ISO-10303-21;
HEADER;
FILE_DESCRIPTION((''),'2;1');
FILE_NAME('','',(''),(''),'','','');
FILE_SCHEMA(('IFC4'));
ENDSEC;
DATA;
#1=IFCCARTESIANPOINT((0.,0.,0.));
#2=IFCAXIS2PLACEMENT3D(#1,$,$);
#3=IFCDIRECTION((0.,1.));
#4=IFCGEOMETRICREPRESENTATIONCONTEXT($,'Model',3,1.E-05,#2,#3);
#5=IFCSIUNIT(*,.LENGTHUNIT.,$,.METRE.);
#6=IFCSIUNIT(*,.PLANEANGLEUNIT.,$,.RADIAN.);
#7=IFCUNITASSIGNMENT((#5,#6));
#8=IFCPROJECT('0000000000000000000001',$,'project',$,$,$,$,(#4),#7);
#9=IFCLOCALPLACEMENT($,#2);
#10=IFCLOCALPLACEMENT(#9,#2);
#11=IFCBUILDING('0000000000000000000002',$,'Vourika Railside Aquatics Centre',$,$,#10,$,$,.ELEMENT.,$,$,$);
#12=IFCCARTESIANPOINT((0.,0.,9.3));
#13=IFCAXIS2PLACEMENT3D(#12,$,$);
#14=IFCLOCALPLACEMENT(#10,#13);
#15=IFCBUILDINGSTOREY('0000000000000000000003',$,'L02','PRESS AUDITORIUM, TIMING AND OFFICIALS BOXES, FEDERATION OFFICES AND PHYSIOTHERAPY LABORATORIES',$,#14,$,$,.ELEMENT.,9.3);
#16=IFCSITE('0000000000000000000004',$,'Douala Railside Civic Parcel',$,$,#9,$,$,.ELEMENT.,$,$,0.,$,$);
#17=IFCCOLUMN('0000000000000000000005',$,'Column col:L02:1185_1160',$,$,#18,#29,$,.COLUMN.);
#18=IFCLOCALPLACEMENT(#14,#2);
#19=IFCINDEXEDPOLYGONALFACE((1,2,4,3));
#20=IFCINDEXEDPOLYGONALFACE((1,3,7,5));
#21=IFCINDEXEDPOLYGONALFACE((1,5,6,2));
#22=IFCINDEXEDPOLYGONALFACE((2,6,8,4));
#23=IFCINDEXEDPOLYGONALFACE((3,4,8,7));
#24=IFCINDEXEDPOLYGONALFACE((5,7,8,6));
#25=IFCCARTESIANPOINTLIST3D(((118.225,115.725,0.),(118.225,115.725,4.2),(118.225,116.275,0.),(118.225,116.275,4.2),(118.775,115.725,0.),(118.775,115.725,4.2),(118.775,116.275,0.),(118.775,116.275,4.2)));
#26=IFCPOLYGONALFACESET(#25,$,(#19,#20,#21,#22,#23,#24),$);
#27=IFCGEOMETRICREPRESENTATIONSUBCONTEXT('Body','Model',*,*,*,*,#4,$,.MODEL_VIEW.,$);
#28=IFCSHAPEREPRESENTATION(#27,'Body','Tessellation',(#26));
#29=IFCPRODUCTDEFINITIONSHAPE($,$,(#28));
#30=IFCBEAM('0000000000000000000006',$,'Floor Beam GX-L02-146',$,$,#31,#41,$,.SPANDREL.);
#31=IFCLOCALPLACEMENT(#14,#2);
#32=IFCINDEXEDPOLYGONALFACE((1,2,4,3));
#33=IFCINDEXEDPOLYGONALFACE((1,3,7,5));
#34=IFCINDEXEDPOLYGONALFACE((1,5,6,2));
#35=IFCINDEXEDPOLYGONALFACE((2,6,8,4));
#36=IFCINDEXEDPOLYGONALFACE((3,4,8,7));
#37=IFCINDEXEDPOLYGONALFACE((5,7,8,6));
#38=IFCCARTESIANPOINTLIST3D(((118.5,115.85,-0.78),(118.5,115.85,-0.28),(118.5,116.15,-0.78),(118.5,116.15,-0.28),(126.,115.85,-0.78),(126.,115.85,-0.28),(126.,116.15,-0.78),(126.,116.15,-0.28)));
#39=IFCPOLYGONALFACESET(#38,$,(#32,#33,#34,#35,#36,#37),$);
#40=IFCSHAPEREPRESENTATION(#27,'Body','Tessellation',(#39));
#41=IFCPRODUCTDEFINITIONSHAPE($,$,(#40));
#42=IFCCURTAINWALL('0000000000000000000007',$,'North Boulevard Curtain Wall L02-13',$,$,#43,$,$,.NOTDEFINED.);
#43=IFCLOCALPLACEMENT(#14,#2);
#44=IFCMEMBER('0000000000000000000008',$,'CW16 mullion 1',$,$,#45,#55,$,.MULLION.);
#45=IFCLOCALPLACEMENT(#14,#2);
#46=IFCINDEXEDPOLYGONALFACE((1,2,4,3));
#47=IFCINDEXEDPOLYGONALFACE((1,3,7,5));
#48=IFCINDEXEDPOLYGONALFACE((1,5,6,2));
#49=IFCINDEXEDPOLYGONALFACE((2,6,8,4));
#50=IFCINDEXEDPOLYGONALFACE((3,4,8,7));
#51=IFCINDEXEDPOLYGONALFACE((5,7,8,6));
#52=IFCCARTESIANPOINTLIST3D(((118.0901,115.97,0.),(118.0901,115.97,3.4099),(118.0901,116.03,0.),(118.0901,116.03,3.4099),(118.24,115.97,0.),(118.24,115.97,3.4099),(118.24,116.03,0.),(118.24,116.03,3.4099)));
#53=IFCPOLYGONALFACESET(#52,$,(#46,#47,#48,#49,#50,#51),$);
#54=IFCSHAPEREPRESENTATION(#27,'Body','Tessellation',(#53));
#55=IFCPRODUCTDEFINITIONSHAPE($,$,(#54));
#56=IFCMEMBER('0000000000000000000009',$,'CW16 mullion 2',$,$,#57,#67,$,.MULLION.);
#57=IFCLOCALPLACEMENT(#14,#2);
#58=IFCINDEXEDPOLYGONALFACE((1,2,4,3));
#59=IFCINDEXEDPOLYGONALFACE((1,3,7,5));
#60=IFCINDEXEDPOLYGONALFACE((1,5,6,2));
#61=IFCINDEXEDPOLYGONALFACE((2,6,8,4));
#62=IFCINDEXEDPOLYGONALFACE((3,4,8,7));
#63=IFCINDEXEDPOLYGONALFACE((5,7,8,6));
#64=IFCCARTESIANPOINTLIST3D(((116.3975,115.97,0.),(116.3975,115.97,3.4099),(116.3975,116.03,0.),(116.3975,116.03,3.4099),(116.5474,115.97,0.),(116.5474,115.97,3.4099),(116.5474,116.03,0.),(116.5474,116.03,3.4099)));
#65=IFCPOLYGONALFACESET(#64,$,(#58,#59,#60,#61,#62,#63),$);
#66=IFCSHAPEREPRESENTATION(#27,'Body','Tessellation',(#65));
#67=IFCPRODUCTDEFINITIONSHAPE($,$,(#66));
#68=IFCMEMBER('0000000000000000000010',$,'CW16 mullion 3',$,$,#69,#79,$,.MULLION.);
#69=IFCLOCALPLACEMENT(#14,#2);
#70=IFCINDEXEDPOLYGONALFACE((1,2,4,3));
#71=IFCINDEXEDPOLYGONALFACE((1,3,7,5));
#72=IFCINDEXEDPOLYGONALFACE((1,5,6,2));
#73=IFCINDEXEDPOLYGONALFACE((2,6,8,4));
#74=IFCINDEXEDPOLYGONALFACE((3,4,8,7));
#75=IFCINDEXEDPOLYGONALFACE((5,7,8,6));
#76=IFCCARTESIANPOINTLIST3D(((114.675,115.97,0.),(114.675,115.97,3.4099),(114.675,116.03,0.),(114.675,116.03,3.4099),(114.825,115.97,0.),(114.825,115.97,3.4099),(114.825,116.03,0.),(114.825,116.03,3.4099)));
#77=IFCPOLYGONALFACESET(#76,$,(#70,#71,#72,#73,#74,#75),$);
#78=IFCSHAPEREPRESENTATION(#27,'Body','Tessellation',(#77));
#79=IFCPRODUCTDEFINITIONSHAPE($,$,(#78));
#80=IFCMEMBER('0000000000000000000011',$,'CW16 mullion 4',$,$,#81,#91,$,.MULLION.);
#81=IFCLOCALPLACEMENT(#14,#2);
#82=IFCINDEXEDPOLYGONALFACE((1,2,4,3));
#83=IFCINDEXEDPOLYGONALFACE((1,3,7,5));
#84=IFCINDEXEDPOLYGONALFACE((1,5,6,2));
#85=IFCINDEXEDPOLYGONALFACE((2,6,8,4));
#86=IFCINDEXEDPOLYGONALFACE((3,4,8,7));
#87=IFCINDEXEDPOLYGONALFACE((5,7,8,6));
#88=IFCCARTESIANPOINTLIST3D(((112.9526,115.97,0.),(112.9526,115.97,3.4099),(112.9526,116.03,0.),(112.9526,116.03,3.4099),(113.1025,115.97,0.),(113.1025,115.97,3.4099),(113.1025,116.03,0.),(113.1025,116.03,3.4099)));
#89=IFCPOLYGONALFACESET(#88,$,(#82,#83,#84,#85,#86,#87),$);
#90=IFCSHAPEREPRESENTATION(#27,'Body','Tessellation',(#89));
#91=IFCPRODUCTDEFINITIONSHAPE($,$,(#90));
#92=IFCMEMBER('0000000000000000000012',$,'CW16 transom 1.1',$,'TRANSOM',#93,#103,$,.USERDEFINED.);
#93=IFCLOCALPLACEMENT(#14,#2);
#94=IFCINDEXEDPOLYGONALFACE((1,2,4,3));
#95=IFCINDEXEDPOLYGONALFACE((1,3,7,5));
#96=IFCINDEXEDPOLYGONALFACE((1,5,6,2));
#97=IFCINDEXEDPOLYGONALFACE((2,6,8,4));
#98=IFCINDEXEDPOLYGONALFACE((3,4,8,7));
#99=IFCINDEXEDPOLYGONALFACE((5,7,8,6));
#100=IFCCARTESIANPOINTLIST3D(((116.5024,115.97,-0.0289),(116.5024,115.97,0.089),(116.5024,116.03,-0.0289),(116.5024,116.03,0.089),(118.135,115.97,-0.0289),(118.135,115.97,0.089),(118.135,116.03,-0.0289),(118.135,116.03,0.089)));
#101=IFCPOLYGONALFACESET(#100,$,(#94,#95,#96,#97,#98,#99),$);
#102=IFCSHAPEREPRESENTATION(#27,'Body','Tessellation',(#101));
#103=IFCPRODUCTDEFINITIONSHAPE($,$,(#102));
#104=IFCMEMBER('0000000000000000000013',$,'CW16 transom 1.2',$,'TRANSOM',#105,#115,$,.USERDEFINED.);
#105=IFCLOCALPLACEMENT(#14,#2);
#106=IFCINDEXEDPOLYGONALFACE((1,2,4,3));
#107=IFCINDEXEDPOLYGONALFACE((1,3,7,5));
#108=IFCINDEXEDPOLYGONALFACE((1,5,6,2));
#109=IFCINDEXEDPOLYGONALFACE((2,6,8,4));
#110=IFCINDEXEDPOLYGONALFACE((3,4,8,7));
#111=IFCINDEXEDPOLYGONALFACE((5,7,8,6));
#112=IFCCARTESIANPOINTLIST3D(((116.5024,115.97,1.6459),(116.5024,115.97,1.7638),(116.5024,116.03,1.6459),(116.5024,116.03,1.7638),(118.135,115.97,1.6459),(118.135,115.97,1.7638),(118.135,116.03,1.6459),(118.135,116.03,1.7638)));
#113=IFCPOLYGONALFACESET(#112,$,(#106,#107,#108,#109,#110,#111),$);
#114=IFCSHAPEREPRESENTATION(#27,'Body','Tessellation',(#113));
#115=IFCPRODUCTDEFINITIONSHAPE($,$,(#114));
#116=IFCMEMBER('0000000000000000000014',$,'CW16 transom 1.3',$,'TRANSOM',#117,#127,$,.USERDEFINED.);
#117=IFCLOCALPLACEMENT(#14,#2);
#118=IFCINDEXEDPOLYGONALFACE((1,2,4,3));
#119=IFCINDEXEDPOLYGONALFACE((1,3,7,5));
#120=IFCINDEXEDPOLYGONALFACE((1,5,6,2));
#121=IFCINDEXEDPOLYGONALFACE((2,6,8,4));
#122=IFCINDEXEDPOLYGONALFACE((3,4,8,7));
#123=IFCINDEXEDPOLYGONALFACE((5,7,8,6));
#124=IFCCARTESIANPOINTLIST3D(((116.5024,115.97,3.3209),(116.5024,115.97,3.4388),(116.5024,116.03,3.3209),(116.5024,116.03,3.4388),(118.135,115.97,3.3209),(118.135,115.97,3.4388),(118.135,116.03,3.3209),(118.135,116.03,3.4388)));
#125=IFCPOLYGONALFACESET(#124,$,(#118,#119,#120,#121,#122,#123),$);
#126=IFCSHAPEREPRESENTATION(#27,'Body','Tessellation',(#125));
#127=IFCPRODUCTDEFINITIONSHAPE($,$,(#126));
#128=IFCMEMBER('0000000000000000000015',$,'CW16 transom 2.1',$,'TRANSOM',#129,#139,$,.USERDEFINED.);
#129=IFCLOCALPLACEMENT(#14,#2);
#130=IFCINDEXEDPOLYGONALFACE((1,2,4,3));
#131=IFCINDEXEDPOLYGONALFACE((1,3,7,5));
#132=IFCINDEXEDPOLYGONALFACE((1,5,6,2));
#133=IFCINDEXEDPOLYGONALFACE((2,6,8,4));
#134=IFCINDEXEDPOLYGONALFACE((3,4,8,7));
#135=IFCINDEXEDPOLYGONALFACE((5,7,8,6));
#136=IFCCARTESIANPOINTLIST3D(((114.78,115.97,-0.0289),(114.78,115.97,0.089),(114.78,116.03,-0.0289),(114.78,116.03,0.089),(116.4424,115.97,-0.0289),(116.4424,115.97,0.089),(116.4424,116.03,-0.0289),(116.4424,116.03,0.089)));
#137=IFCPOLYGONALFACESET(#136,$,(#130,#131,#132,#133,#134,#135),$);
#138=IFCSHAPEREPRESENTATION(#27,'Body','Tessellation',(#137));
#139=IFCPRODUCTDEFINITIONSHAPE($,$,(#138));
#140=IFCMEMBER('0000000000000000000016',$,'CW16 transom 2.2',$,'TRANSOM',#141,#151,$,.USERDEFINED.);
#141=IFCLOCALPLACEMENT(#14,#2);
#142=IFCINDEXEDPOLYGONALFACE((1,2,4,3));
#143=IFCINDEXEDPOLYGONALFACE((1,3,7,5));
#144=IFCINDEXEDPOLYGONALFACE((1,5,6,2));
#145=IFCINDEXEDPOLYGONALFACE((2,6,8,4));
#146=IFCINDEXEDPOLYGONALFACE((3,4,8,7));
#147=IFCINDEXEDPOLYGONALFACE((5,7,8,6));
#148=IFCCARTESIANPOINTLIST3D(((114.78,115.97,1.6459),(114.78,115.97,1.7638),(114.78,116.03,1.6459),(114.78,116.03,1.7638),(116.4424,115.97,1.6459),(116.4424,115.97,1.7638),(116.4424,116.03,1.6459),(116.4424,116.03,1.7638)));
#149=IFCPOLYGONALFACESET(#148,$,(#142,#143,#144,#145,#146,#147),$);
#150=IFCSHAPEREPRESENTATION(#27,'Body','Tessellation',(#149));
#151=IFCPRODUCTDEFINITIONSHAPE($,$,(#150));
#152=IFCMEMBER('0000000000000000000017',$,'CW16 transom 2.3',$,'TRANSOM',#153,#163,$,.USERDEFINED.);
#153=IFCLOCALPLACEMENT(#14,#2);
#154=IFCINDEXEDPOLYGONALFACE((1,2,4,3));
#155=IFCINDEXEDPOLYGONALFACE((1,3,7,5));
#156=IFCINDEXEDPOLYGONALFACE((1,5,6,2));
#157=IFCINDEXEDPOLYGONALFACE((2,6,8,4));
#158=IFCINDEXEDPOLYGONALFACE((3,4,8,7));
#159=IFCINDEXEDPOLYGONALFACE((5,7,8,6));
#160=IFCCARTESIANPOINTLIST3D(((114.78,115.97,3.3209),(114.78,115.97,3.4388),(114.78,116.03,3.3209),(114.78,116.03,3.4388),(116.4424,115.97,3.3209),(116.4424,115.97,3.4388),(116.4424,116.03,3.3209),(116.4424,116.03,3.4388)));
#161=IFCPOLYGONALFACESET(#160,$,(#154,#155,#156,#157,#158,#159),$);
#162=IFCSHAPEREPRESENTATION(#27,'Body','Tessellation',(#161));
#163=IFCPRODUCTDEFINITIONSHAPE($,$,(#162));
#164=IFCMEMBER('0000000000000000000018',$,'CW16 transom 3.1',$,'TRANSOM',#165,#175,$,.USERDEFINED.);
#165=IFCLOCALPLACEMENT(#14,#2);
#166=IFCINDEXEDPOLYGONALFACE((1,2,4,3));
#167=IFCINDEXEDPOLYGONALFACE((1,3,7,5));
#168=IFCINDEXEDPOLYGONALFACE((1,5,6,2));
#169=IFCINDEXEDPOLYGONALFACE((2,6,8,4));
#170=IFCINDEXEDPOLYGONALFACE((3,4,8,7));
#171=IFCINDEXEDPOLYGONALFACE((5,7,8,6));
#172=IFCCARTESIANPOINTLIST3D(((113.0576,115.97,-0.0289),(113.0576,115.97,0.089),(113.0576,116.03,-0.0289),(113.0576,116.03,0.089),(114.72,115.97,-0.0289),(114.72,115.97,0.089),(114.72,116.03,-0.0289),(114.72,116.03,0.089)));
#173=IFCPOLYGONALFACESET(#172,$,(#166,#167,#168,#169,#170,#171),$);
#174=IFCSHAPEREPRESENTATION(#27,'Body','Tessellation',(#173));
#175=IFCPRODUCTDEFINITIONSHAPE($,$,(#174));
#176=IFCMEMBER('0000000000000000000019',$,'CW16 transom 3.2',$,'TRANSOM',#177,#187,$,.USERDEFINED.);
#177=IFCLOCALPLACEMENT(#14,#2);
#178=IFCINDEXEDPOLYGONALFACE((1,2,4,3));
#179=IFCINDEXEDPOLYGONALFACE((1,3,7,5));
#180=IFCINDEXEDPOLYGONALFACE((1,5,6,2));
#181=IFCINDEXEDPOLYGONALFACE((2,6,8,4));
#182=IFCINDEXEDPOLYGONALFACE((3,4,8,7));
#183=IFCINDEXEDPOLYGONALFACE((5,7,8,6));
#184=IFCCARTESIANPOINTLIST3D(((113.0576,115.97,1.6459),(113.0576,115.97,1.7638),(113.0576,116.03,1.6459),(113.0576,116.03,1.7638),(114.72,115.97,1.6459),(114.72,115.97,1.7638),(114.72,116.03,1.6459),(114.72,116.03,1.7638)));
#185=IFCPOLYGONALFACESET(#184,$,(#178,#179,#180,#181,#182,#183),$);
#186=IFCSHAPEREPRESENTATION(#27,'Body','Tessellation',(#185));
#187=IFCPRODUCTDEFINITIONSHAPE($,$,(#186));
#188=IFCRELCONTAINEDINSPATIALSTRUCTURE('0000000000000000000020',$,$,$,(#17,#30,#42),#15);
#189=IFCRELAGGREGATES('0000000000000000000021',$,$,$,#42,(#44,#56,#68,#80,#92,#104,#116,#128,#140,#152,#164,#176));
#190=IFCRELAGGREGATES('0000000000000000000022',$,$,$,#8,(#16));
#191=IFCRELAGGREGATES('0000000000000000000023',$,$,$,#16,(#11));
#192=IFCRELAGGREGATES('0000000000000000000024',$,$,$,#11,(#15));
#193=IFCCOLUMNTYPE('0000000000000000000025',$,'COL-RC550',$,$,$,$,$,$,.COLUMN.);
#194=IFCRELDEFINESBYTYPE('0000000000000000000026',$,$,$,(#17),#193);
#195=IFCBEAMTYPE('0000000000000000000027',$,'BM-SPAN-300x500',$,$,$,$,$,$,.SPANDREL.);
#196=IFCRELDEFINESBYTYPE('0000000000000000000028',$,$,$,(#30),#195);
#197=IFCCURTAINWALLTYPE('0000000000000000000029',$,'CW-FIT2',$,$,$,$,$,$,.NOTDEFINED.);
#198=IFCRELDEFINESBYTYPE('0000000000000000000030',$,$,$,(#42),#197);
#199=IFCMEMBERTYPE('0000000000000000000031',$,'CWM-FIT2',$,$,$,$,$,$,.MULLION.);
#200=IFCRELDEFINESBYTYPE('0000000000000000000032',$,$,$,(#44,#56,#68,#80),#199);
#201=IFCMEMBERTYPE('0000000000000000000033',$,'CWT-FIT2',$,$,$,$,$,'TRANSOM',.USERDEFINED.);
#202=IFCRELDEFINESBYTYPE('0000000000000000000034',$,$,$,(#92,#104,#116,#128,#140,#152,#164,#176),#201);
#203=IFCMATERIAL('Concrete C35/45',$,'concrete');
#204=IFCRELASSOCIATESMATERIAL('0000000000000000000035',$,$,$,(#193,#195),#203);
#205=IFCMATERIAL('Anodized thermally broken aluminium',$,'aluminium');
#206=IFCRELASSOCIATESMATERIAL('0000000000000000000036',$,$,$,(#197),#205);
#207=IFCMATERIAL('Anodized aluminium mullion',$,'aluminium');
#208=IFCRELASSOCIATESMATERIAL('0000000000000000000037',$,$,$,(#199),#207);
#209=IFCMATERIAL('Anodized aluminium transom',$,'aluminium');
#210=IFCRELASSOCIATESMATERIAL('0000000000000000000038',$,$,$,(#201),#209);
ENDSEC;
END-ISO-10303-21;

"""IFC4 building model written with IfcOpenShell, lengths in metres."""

from ifc_helpers import new_model, si_unit, direction, frame, origin, origin_2d, place, context, subcontext, project, spatial, rectangle, extrude, material, material_profile, profile_set, type_object, element, aggregate, save


model = new_model("IFC4")

# Units and contexts
model_context = context("Model", 3, precision=1e-05, world=origin(), true_north=direction((0.0, 1.0)))
body_context = subcontext(model_context, "Body", "Model", "MODEL_VIEW")
ifc_project = project(units=[si_unit("LENGTHUNIT", "METRE"), si_unit("PLANEANGLEUNIT", "RADIAN")], contexts=[model_context])

# Site, building, storey
site_placement = place(None, origin())
site = spatial("IfcSite", under=ifc_project, at=site_placement, Name="Douala Railside Civic Parcel", CompositionType="ELEMENT", RefElevation=0.0)
building_placement = place(site_placement, origin())
building = spatial("IfcBuilding", under=site, at=building_placement, Name="Vourika Railside Aquatics Centre", CompositionType="ELEMENT")
storey_placement = place(building_placement, frame((0.0, 0.0, 9.3)))
storey = spatial("IfcBuildingStorey", under=building, at=storey_placement, Name="L02", Description="PRESS AUDITORIUM, TIMING AND OFFICIALS BOXES, FEDERATION OFFICES AND PHYSIOTHERAPY LABORATORIES", CompositionType="ELEMENT", Elevation=9.3)

# Column
ifc_material_1 = material(Name="Concrete C35/45", Category="concrete")
ifc_material_profile_1 = material_profile(ifc_material_1, rectangle(XDim=0.55, YDim=0.55, at=origin_2d()), Name="RC 550x550")
ifc_profile_set_1 = profile_set([ifc_material_profile_1], Name="Concrete C35/45")
column_type = type_object("IfcColumnType", Name="COL-RC550", PredefinedType="COLUMN", material=ifc_profile_set_1)
column_placement = place(storey_placement, frame((118.5, 116.0, 0.0), z_axis=(0.0, 0.0, 1.0), x_axis=(1.0, 0.0, 0.0)))
element("IfcColumn", 1, at=column_placement, inside=storey, type_object=column_type, Name="Column col:L02:1185_1160", PredefinedType="COLUMN", context=body_context, shape_type="SweptSolid", body=[
    extrude(rectangle(XDim=0.55, YDim=0.55, at=origin_2d()), origin(), (0.0, 0.0, 1.0), 4.2),
])

# Beam
ifc_material_profile_2 = material_profile(ifc_material_1, rectangle(XDim=0.3, YDim=0.5, at=origin_2d()), Name="RC 300x500")
ifc_profile_set_2 = profile_set([ifc_material_profile_2], Name="Concrete C35/45")
beam_type = type_object("IfcBeamType", Name="BM-SPAN-300x500", PredefinedType="SPANDREL", material=ifc_profile_set_2)
beam_placement = place(storey_placement, frame((118.5, 116.0, -0.53), z_axis=(1.0, 0.0, 0.0), x_axis=(0.0, 1.0, 0.0)))
element("IfcBeam", 2, at=beam_placement, inside=storey, type_object=beam_type, Name="Floor Beam GX-L02-146", PredefinedType="SPANDREL", context=body_context, shape_type="SweptSolid", body=[
    extrude(rectangle(XDim=0.3, YDim=0.5, at=origin_2d()), origin(), (0.0, 0.0, 1.0), 7.5),
])

# Curtain wall, members
ifc_material_2 = material(Name="Anodized thermally broken aluminium", Category="aluminium")
curtain_wall_type = type_object("IfcCurtainWallType", Name="CW-FIT2", PredefinedType="NOTDEFINED", material=ifc_material_2)
curtain_wall_placement = place(storey_placement, origin())
curtain_wall = element("IfcCurtainWall", 3, at=curtain_wall_placement, inside=storey, type_object=curtain_wall_type, Name="North Boulevard Curtain Wall L02-13", PredefinedType="NOTDEFINED")
ifc_material_3 = material(Name="Anodized aluminium mullion", Category="aluminium")
ifc_material_profile_3 = material_profile(ifc_material_3, rectangle(XDim=0.0601, YDim=0.1499, at=origin_2d()), Name="ALU-M 60x150")
ifc_profile_set_3 = profile_set([ifc_material_profile_3], Name="Anodized aluminium mullion")
member_type_1 = type_object("IfcMemberType", Name="CWM-FIT2", PredefinedType="MULLION", material=ifc_profile_set_3)
member_1_placement = place(storey_placement, frame((118.165, 116.0, 0.0), z_axis=(0.0, 0.0, 1.0), x_axis=(0.0, -1.0, 0.0)))
member_1 = element("IfcMember", 4, at=member_1_placement, type_object=member_type_1, Name="CW16 mullion 1", PredefinedType="MULLION", context=body_context, shape_type="SweptSolid", body=[
    extrude(rectangle(XDim=0.0601, YDim=0.1499, at=origin_2d()), origin(), (0.0, 0.0, 1.0), 3.4099),
])
member_2_placement = place(storey_placement, frame((116.4724, 116.0, 0.0), z_axis=(0.0, 0.0, 1.0), x_axis=(0.0, -1.0, 0.0)))
member_2 = element("IfcMember", 5, at=member_2_placement, type_object=member_type_1, Name="CW16 mullion 2", PredefinedType="MULLION", context=body_context, shape_type="SweptSolid", body=[
    extrude(rectangle(XDim=0.0601, YDim=0.1499, at=origin_2d()), origin(), (0.0, 0.0, 1.0), 3.4099),
])
member_3_placement = place(storey_placement, frame((114.75, 116.0, 0.0), z_axis=(0.0, 0.0, 1.0), x_axis=(0.0, -1.0, 0.0)))
member_3 = element("IfcMember", 6, at=member_3_placement, type_object=member_type_1, Name="CW16 mullion 3", PredefinedType="MULLION", context=body_context, shape_type="SweptSolid", body=[
    extrude(rectangle(XDim=0.0601, YDim=0.1499, at=origin_2d()), origin(), (0.0, 0.0, 1.0), 3.4099),
])
member_4_placement = place(storey_placement, frame((113.0276, 116.0, 0.0), z_axis=(0.0, 0.0, 1.0), x_axis=(0.0, -1.0, 0.0)))
member_4 = element("IfcMember", 7, at=member_4_placement, type_object=member_type_1, Name="CW16 mullion 4", PredefinedType="MULLION", context=body_context, shape_type="SweptSolid", body=[
    extrude(rectangle(XDim=0.0601, YDim=0.1499, at=origin_2d()), origin(), (0.0, 0.0, 1.0), 3.4099),
])
ifc_material_4 = material(Name="Anodized aluminium transom", Category="aluminium")
ifc_material_profile_4 = material_profile(ifc_material_4, rectangle(XDim=0.0601, YDim=0.1179, at=origin_2d()), Name="ALU-T 60x118")
ifc_profile_set_4 = profile_set([ifc_material_profile_4], Name="Anodized aluminium transom")
member_type_2 = type_object("IfcMemberType", Name="CWT-FIT2", ElementType="TRANSOM", PredefinedType="USERDEFINED", material=ifc_profile_set_4)
member_5_placement = place(storey_placement, frame((118.135, 116.0, 0.03), z_axis=(-1.0, 0.0, 0.0), x_axis=(0.0, -1.0, 0.0)))
member_5 = element("IfcMember", 8, at=member_5_placement, type_object=member_type_2, Name="CW16 transom 1.1", ObjectType="TRANSOM", PredefinedType="USERDEFINED", context=body_context, shape_type="SweptSolid", body=[
    extrude(rectangle(XDim=0.0601, YDim=0.1179, at=origin_2d()), origin(), (0.0, 0.0, 1.0), 1.6326),
])
member_6_placement = place(storey_placement, frame((118.135, 116.0, 1.7048), z_axis=(-1.0, 0.0, 0.0), x_axis=(0.0, -1.0, 0.0)))
member_6 = element("IfcMember", 9, at=member_6_placement, type_object=member_type_2, Name="CW16 transom 1.2", ObjectType="TRANSOM", PredefinedType="USERDEFINED", context=body_context, shape_type="SweptSolid", body=[
    extrude(rectangle(XDim=0.0601, YDim=0.1179, at=origin_2d()), origin(), (0.0, 0.0, 1.0), 1.6326),
])
member_7_placement = place(storey_placement, frame((118.135, 116.0, 3.3799), z_axis=(-1.0, 0.0, 0.0), x_axis=(0.0, -1.0, 0.0)))
member_7 = element("IfcMember", 10, at=member_7_placement, type_object=member_type_2, Name="CW16 transom 1.3", ObjectType="TRANSOM", PredefinedType="USERDEFINED", context=body_context, shape_type="SweptSolid", body=[
    extrude(rectangle(XDim=0.0601, YDim=0.1179, at=origin_2d()), origin(), (0.0, 0.0, 1.0), 1.6326),
])
member_8_placement = place(storey_placement, frame((116.4424, 116.0, 0.03), z_axis=(-1.0, 0.0, 0.0), x_axis=(0.0, -1.0, 0.0)))
member_8 = element("IfcMember", 11, at=member_8_placement, type_object=member_type_2, Name="CW16 transom 2.1", ObjectType="TRANSOM", PredefinedType="USERDEFINED", context=body_context, shape_type="SweptSolid", body=[
    extrude(rectangle(XDim=0.0601, YDim=0.1179, at=origin_2d()), origin(), (0.0, 0.0, 1.0), 1.6624),
])
member_9_placement = place(storey_placement, frame((116.4424, 116.0, 1.7048), z_axis=(-1.0, 0.0, 0.0), x_axis=(0.0, -1.0, 0.0)))
member_9 = element("IfcMember", 12, at=member_9_placement, type_object=member_type_2, Name="CW16 transom 2.2", ObjectType="TRANSOM", PredefinedType="USERDEFINED", context=body_context, shape_type="SweptSolid", body=[
    extrude(rectangle(XDim=0.0601, YDim=0.1179, at=origin_2d()), origin(), (0.0, 0.0, 1.0), 1.6624),
])
member_10_placement = place(storey_placement, frame((116.4424, 116.0, 3.3799), z_axis=(-1.0, 0.0, 0.0), x_axis=(0.0, -1.0, 0.0)))
member_10 = element("IfcMember", 13, at=member_10_placement, type_object=member_type_2, Name="CW16 transom 2.3", ObjectType="TRANSOM", PredefinedType="USERDEFINED", context=body_context, shape_type="SweptSolid", body=[
    extrude(rectangle(XDim=0.0601, YDim=0.1179, at=origin_2d()), origin(), (0.0, 0.0, 1.0), 1.6624),
])
member_11_placement = place(storey_placement, frame((114.72, 116.0, 0.03), z_axis=(-1.0, 0.0, 0.0), x_axis=(0.0, -1.0, 0.0)))
member_11 = element("IfcMember", 14, at=member_11_placement, type_object=member_type_2, Name="CW16 transom 3.1", ObjectType="TRANSOM", PredefinedType="USERDEFINED", context=body_context, shape_type="SweptSolid", body=[
    extrude(rectangle(XDim=0.0601, YDim=0.1179, at=origin_2d()), origin(), (0.0, 0.0, 1.0), 1.6624),
])
member_12_placement = place(storey_placement, frame((114.72, 116.0, 1.7048), z_axis=(-1.0, 0.0, 0.0), x_axis=(0.0, -1.0, 0.0)))
member_12 = element("IfcMember", 15, at=member_12_placement, type_object=member_type_2, Name="CW16 transom 3.2", ObjectType="TRANSOM", PredefinedType="USERDEFINED", context=body_context, shape_type="SweptSolid", body=[
    extrude(rectangle(XDim=0.0601, YDim=0.1179, at=origin_2d()), origin(), (0.0, 0.0, 1.0), 1.6624),
])
aggregate(curtain_wall, [member_1, member_2, member_3, member_4, member_5, member_6, member_7, member_8, member_9, member_10, member_11, member_12])

save(model, "model.ifc")
